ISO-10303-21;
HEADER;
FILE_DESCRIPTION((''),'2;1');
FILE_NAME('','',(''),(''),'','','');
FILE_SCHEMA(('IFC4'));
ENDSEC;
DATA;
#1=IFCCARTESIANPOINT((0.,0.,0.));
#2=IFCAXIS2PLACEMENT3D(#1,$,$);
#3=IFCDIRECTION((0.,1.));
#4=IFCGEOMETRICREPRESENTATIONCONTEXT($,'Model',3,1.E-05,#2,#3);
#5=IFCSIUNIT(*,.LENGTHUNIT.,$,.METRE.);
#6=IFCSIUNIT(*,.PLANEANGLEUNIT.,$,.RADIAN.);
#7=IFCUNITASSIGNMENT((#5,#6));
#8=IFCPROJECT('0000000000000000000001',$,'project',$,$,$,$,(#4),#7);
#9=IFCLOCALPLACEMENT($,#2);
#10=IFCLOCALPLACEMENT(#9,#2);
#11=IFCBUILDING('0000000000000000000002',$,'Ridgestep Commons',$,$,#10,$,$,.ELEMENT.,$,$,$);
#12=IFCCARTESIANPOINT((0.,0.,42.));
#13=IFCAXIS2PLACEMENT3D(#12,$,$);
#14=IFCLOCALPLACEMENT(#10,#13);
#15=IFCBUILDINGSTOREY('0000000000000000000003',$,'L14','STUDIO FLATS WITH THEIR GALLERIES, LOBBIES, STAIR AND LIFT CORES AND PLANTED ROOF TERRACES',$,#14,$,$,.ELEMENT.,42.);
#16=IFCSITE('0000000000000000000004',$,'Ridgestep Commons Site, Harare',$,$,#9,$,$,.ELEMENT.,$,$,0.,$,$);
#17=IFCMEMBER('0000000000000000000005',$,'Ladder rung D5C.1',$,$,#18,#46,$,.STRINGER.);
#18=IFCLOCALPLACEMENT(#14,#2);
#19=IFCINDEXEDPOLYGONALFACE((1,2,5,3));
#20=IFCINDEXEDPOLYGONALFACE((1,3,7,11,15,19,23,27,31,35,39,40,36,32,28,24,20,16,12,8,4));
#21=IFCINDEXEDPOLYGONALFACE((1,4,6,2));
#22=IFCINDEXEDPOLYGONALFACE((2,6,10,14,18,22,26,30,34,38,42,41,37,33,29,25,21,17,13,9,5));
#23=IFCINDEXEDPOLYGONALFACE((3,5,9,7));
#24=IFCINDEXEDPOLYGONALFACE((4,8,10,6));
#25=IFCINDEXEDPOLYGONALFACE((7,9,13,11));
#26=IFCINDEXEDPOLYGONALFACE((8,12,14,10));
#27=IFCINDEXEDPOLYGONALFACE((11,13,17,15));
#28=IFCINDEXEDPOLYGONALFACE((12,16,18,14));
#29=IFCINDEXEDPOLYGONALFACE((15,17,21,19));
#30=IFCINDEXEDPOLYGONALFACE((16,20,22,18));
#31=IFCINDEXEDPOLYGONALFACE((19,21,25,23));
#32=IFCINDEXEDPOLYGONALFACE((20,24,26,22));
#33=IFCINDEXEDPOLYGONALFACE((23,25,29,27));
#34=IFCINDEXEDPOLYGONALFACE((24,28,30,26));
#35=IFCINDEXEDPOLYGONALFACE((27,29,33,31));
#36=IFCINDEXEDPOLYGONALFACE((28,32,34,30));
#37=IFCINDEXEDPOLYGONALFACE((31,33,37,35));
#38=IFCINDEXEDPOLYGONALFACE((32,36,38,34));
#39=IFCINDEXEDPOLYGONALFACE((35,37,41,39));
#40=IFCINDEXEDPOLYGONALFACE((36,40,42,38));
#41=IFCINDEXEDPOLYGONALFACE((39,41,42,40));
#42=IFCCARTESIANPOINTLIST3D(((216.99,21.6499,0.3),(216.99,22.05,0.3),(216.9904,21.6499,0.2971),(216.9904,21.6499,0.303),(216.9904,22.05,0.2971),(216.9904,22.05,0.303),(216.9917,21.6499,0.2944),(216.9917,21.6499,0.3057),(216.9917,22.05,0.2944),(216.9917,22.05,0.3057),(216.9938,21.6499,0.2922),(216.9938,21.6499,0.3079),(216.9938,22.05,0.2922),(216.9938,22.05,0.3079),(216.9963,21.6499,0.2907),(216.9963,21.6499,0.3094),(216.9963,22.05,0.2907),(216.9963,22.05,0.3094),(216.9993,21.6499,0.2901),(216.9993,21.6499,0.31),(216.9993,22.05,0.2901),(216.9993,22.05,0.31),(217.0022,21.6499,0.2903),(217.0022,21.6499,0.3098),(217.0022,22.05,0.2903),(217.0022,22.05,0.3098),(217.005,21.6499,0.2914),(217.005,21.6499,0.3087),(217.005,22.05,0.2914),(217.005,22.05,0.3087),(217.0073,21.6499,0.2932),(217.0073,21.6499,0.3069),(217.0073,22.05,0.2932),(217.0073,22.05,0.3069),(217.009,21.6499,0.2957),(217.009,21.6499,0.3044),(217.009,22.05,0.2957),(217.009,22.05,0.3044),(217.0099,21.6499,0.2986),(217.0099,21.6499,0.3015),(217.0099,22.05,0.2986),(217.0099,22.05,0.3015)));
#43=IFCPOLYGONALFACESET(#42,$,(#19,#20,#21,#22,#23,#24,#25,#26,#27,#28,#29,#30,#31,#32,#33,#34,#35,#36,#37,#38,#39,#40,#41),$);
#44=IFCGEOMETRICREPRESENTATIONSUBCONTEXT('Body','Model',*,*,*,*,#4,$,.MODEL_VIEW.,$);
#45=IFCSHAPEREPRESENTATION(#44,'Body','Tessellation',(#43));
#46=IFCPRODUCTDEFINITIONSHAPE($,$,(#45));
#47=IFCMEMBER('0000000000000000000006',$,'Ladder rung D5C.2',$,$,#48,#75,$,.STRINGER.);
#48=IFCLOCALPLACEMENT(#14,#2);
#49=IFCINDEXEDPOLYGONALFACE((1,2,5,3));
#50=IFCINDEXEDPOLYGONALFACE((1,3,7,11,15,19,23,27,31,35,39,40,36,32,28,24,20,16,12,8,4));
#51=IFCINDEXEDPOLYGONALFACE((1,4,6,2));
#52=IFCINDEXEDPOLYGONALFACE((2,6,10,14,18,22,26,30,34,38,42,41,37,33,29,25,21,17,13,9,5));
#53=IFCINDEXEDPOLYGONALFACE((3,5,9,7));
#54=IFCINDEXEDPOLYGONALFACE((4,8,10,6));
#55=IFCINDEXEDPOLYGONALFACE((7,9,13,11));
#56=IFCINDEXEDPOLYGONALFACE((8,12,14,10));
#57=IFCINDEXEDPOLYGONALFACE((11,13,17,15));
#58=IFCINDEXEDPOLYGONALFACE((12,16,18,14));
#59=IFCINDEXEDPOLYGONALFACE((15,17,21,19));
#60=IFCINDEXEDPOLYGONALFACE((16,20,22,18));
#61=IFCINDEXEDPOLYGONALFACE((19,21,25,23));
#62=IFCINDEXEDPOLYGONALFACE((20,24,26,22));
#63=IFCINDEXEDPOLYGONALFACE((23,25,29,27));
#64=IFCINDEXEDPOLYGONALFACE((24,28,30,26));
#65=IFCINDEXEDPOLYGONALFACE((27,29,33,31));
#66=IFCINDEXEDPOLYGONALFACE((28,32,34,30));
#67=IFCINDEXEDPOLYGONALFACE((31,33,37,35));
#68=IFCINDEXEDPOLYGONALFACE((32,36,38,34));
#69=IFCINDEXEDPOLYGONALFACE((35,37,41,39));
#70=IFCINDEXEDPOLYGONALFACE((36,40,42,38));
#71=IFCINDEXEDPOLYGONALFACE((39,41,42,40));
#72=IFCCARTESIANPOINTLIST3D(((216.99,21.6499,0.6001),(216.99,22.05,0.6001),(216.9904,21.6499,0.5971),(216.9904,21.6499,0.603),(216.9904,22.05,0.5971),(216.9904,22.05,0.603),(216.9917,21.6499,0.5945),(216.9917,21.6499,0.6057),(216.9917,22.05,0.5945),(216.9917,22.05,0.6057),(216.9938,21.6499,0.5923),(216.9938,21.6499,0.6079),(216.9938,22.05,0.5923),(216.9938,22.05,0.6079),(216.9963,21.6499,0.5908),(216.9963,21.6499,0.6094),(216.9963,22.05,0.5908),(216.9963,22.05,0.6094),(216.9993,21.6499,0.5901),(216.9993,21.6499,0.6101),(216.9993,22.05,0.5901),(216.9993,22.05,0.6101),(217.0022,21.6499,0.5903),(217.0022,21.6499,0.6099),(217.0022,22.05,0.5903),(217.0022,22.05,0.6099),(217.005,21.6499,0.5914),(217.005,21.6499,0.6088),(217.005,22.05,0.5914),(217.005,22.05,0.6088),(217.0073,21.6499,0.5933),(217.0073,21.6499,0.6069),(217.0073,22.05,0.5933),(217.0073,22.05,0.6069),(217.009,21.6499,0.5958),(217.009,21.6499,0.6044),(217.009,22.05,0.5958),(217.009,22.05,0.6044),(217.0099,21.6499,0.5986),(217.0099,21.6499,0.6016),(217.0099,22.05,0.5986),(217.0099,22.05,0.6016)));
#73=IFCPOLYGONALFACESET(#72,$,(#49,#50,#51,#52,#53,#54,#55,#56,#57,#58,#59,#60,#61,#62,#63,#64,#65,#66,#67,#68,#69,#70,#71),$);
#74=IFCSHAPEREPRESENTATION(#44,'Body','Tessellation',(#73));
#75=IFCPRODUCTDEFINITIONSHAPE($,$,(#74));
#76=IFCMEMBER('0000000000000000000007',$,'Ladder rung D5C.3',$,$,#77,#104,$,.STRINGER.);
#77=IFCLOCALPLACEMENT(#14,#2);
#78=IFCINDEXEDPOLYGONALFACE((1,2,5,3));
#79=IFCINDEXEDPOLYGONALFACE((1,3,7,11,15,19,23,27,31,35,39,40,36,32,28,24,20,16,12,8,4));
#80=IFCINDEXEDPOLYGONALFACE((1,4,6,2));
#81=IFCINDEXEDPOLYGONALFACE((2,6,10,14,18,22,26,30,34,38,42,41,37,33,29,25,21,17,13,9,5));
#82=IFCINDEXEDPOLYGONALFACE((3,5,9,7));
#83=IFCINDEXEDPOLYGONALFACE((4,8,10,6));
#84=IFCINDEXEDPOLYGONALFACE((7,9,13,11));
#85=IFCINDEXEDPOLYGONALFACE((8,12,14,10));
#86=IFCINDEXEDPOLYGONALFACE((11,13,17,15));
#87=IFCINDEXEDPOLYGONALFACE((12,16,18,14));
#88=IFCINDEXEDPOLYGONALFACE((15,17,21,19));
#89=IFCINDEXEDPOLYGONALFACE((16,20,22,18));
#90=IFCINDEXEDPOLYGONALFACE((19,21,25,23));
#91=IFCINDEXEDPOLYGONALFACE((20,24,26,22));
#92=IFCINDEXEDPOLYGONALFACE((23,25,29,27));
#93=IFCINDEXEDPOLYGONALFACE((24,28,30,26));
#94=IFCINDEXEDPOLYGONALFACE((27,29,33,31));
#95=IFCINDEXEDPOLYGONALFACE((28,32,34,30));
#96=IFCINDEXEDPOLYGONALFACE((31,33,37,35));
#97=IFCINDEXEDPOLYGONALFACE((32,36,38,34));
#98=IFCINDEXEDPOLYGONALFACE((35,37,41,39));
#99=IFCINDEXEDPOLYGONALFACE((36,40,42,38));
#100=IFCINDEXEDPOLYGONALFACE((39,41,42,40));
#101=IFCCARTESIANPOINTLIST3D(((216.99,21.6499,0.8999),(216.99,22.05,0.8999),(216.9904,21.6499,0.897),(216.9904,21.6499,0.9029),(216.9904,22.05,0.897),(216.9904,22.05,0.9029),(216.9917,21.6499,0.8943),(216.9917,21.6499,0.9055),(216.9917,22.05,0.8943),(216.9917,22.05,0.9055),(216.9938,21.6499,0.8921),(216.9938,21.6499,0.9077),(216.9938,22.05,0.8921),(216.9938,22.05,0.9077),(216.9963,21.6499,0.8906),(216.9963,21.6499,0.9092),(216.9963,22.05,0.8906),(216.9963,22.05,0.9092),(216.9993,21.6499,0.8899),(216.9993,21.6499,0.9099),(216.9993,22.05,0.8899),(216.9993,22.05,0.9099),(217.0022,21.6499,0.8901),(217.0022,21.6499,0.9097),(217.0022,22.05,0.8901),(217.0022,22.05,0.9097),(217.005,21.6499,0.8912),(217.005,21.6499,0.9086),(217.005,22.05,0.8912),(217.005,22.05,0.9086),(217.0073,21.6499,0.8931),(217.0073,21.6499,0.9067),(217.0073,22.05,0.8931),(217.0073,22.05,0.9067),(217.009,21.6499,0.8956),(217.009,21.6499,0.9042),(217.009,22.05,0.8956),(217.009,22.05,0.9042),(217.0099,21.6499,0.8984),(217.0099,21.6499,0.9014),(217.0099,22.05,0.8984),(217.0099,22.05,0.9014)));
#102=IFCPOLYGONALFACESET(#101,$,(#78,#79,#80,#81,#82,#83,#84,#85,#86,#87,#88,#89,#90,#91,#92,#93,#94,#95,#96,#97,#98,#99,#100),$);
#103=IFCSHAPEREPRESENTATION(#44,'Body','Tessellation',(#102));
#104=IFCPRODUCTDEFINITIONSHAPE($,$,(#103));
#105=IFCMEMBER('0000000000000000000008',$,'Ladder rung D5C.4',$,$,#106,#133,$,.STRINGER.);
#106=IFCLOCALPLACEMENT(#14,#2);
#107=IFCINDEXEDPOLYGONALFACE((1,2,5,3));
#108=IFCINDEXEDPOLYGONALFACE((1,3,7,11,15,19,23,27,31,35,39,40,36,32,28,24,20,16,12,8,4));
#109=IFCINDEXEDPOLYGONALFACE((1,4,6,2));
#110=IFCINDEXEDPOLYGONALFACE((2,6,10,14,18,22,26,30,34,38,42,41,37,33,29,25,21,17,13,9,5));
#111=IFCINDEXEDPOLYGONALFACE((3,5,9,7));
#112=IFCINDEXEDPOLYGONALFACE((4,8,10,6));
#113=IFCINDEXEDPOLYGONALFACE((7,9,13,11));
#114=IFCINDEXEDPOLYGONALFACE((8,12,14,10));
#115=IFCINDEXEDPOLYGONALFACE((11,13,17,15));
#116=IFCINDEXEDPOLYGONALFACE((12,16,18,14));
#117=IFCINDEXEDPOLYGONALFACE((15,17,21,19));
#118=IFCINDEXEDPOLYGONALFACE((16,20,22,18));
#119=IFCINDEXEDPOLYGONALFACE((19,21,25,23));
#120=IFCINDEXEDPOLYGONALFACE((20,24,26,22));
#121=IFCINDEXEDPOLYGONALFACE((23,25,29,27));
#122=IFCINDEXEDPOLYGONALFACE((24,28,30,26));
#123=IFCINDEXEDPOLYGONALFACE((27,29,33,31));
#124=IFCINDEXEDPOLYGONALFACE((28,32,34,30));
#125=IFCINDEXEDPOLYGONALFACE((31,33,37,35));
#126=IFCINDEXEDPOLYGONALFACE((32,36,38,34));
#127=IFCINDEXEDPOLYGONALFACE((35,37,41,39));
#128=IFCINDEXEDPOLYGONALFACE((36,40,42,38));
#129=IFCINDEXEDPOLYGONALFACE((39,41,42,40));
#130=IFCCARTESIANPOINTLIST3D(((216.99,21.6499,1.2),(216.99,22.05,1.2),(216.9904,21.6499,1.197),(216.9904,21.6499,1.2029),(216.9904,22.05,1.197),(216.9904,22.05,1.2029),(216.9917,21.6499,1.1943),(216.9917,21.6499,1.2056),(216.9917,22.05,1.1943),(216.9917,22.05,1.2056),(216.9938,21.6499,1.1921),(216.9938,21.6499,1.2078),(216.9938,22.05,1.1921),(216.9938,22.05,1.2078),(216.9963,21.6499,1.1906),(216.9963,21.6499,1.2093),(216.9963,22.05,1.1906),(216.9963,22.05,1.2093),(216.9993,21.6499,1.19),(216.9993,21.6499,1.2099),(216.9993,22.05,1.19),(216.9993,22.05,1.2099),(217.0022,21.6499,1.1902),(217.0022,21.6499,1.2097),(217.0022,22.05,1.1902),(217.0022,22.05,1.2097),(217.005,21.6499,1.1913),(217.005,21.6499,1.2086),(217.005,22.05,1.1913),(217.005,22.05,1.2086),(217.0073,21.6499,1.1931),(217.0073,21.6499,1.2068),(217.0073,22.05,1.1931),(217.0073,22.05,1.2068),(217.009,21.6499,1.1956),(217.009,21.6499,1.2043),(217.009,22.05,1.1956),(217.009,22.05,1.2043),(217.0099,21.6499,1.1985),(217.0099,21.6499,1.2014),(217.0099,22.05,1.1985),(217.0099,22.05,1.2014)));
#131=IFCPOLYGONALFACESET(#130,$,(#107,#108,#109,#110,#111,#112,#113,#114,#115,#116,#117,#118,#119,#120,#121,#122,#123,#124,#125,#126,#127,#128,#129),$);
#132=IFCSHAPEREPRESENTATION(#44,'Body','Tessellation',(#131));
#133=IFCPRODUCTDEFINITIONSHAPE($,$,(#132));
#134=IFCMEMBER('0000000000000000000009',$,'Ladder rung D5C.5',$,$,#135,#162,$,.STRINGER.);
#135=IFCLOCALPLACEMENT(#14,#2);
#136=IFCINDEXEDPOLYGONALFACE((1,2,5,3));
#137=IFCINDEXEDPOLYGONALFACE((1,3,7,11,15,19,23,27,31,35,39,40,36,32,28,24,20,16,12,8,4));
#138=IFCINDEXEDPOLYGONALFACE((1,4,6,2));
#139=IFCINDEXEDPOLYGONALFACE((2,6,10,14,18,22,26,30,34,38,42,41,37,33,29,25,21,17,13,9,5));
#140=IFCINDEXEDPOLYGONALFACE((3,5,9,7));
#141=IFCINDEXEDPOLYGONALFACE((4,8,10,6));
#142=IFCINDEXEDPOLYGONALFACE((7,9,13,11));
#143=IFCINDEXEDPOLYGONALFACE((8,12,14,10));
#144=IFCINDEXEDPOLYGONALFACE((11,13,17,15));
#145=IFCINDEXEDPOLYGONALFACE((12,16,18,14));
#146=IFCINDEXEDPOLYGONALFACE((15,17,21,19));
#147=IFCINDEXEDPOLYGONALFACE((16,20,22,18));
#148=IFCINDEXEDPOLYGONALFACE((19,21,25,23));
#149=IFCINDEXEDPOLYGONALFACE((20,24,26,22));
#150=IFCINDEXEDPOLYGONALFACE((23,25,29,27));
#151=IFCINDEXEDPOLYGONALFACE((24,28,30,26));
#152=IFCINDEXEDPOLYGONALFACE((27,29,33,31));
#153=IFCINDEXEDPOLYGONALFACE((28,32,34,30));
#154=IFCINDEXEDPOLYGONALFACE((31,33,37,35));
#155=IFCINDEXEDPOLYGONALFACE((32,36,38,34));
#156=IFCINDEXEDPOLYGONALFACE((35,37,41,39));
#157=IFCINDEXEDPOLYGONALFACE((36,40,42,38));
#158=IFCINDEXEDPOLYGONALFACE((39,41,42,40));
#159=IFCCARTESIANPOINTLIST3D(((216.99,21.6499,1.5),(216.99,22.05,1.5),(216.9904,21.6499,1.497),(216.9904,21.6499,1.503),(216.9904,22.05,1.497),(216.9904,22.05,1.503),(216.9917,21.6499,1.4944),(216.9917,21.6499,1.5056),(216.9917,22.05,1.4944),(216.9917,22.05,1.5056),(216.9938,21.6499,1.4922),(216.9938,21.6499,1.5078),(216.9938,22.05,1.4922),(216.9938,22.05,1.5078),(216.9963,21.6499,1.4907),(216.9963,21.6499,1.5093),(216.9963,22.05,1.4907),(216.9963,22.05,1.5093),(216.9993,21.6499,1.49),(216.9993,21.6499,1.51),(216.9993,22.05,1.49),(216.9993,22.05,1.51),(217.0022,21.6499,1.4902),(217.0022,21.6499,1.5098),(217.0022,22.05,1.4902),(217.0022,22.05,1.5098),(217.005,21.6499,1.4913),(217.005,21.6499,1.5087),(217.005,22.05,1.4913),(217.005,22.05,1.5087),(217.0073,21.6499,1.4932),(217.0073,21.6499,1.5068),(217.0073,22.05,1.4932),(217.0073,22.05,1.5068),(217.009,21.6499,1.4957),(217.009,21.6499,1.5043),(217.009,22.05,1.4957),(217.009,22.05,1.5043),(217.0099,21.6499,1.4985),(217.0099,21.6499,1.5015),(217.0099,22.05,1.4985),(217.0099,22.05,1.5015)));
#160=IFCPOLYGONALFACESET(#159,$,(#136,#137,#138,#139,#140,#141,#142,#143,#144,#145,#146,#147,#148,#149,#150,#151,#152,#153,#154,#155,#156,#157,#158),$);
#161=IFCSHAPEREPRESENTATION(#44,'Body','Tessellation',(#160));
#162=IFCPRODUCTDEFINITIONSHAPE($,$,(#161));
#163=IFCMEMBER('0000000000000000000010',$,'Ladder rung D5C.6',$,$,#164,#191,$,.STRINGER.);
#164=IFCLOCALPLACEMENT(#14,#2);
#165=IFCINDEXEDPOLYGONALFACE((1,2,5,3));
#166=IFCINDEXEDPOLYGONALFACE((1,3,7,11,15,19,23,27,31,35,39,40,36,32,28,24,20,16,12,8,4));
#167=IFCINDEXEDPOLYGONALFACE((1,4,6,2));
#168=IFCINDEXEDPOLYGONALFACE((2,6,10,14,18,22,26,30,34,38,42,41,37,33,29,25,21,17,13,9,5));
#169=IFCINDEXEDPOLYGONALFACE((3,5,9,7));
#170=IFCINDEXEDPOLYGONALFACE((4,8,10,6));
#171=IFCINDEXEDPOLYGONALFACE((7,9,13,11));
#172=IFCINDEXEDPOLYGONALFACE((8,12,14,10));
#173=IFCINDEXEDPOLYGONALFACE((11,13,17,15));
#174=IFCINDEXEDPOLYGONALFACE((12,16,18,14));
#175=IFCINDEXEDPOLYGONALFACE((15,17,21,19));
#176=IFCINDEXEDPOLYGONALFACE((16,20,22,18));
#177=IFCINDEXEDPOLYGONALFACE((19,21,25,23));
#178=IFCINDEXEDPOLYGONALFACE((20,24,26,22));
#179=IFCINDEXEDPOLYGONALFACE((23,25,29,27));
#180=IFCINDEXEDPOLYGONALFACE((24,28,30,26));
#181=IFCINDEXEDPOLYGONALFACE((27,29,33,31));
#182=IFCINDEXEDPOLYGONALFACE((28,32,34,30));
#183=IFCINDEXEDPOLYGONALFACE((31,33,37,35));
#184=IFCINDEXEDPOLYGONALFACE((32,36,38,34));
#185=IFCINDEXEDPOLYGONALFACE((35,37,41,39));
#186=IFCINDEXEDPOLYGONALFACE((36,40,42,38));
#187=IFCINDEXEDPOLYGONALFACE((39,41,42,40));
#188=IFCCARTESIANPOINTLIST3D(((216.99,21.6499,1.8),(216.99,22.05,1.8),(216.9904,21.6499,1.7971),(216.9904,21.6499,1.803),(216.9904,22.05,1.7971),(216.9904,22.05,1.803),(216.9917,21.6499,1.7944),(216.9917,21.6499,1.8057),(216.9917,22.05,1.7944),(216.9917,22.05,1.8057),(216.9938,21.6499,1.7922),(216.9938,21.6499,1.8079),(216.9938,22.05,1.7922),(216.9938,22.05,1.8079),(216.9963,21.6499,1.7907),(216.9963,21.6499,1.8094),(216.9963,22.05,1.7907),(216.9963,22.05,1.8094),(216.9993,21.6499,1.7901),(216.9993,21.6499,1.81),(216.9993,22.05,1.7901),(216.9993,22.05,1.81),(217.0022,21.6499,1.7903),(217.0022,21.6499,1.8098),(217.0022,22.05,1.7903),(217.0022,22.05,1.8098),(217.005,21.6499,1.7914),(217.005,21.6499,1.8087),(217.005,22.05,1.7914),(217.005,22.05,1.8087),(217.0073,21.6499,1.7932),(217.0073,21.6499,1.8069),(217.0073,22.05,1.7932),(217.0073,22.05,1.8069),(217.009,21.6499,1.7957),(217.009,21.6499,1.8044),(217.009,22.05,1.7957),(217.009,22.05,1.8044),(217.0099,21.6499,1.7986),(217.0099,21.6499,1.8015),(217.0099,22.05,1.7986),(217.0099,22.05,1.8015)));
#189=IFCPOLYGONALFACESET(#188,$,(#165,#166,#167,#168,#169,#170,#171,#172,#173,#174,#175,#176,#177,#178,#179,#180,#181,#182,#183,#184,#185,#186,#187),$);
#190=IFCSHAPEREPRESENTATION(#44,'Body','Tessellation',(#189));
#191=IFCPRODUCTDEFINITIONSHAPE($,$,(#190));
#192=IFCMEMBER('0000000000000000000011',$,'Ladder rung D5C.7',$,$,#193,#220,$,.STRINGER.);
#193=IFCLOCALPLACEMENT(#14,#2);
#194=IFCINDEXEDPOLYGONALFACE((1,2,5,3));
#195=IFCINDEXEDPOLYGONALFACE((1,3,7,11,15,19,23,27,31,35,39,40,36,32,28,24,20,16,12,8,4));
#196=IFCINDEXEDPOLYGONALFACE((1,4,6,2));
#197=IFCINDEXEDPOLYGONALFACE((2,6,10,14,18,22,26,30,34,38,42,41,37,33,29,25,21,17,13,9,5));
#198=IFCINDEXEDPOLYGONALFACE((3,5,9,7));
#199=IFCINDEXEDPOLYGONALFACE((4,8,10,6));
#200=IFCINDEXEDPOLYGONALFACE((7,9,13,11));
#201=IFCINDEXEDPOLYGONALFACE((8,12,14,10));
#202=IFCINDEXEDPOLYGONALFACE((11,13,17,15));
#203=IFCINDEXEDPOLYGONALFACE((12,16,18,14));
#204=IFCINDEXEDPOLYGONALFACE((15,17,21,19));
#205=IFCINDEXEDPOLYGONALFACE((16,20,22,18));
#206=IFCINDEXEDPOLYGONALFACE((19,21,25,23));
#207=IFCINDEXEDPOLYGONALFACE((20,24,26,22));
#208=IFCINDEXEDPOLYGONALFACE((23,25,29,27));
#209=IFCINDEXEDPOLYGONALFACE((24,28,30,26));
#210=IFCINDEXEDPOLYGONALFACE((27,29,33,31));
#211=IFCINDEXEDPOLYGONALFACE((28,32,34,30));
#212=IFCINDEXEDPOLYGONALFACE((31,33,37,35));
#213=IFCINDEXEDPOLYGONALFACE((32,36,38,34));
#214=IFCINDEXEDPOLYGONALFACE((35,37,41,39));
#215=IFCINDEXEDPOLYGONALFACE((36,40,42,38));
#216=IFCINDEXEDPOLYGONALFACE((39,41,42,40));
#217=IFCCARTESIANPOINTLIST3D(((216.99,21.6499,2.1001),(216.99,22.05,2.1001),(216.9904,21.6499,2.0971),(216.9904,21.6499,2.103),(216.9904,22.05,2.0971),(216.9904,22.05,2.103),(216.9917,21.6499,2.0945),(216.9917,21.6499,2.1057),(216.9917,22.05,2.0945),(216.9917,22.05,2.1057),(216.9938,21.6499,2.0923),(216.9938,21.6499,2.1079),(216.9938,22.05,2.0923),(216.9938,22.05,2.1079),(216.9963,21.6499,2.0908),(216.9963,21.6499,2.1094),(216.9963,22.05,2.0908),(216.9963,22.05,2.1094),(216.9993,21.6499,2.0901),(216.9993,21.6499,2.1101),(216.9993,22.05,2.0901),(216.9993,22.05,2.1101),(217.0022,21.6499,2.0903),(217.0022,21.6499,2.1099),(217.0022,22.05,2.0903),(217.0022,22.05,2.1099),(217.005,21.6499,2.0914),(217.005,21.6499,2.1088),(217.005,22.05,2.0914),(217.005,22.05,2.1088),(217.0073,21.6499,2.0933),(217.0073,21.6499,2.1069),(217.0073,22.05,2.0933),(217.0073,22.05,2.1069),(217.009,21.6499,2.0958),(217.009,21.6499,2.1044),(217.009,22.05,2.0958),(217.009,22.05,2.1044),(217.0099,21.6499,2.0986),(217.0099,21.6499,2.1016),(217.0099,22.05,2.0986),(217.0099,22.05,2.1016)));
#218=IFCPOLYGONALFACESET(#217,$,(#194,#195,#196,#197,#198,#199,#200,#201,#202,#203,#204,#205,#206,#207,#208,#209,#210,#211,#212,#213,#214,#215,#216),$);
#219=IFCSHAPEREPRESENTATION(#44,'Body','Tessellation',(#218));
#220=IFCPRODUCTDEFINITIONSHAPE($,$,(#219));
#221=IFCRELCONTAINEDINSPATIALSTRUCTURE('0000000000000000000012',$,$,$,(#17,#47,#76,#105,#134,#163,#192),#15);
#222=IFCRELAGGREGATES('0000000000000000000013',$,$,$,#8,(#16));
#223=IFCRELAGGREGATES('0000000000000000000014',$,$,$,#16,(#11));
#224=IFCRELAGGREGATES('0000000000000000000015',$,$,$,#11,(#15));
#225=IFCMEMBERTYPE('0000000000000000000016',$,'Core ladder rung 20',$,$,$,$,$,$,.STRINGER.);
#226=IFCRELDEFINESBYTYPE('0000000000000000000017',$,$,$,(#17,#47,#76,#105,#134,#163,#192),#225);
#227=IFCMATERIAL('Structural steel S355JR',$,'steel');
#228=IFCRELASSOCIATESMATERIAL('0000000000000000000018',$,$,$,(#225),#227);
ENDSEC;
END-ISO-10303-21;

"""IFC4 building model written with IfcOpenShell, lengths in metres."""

from ifc_helpers import new_model, si_unit, direction, frame, origin, origin_2d, place, context, subcontext, project, spatial, circle, extrude, material, material_profile, profile_set, type_object, element, save


model = new_model("IFC4")

# Units and contexts
model_context = context("Model", 3, precision=1e-05, world=origin(), true_north=direction((0.0, 1.0)))
body_context = subcontext(model_context, "Body", "Model", "MODEL_VIEW")
ifc_project = project(units=[si_unit("LENGTHUNIT", "METRE"), si_unit("PLANEANGLEUNIT", "RADIAN")], contexts=[model_context])

# Site, building, storey
site_placement = place(None, origin())
site = spatial("IfcSite", under=ifc_project, at=site_placement, Name="Ridgestep Commons Site, Harare", CompositionType="ELEMENT", RefElevation=0.0)
building_placement = place(site_placement, origin())
building = spatial("IfcBuilding", under=site, at=building_placement, Name="Ridgestep Commons", CompositionType="ELEMENT")
storey_placement = place(building_placement, frame((0.0, 0.0, 42.0)))
storey = spatial("IfcBuildingStorey", under=building, at=storey_placement, Name="L14", Description="STUDIO FLATS WITH THEIR GALLERIES, LOBBIES, STAIR AND LIFT CORES AND PLANTED ROOF TERRACES", CompositionType="ELEMENT", Elevation=42.0)

# Members
ifc_material_1 = material(Name="Structural steel S355JR", Category="steel")
ifc_material_profile_1 = material_profile(ifc_material_1, circle(Radius=0.01, at=origin_2d()), Name="Round bar 20")
ifc_profile_set_1 = profile_set([ifc_material_profile_1], Name="Structural steel S355JR")
member_type_1 = type_object("IfcMemberType", Name="Core ladder rung 20", PredefinedType="STRINGER", material=ifc_profile_set_1)
for number, where, z_axis, x_axis, name in (
    (1, (217.0, 21.6499, 0.3), (0.0, 1.0, 0.0), (-1.0, 0.0, 0.0), "Ladder rung D5C.1"),
    (2, (217.0, 21.6499, 0.6001), (0.0, 1.0, 0.0), (-1.0, 0.0, 0.0), "Ladder rung D5C.2"),
    (3, (217.0, 21.6499, 0.8999), (0.0, 1.0, 0.0), (-1.0, 0.0, 0.0), "Ladder rung D5C.3"),
    (4, (217.0, 21.6499, 1.2), (0.0, 1.0, 0.0), (-1.0, 0.0, 0.0), "Ladder rung D5C.4"),
    (5, (217.0, 21.6499, 1.5), (0.0, 1.0, 0.0), (-1.0, 0.0, 0.0), "Ladder rung D5C.5"),
    (6, (217.0, 21.6499, 1.8), (0.0, 1.0, 0.0), (-1.0, 0.0, 0.0), "Ladder rung D5C.6"),
    (7, (217.0, 21.6499, 2.1001), (0.0, 1.0, 0.0), (-1.0, 0.0, 0.0), "Ladder rung D5C.7"),
):
    element("IfcMember", number, at=place(storey_placement, frame(where, z_axis=z_axis, x_axis=x_axis)), inside=storey, type_object=member_type_1, Name=name, PredefinedType="STRINGER", context=body_context, shape_type="SweptSolid", body=[
        extrude(circle(Radius=0.01, at=origin_2d()), origin(), (0.0, 0.0, 1.0), 0.4001),
    ])

save(model, "model.ifc")
